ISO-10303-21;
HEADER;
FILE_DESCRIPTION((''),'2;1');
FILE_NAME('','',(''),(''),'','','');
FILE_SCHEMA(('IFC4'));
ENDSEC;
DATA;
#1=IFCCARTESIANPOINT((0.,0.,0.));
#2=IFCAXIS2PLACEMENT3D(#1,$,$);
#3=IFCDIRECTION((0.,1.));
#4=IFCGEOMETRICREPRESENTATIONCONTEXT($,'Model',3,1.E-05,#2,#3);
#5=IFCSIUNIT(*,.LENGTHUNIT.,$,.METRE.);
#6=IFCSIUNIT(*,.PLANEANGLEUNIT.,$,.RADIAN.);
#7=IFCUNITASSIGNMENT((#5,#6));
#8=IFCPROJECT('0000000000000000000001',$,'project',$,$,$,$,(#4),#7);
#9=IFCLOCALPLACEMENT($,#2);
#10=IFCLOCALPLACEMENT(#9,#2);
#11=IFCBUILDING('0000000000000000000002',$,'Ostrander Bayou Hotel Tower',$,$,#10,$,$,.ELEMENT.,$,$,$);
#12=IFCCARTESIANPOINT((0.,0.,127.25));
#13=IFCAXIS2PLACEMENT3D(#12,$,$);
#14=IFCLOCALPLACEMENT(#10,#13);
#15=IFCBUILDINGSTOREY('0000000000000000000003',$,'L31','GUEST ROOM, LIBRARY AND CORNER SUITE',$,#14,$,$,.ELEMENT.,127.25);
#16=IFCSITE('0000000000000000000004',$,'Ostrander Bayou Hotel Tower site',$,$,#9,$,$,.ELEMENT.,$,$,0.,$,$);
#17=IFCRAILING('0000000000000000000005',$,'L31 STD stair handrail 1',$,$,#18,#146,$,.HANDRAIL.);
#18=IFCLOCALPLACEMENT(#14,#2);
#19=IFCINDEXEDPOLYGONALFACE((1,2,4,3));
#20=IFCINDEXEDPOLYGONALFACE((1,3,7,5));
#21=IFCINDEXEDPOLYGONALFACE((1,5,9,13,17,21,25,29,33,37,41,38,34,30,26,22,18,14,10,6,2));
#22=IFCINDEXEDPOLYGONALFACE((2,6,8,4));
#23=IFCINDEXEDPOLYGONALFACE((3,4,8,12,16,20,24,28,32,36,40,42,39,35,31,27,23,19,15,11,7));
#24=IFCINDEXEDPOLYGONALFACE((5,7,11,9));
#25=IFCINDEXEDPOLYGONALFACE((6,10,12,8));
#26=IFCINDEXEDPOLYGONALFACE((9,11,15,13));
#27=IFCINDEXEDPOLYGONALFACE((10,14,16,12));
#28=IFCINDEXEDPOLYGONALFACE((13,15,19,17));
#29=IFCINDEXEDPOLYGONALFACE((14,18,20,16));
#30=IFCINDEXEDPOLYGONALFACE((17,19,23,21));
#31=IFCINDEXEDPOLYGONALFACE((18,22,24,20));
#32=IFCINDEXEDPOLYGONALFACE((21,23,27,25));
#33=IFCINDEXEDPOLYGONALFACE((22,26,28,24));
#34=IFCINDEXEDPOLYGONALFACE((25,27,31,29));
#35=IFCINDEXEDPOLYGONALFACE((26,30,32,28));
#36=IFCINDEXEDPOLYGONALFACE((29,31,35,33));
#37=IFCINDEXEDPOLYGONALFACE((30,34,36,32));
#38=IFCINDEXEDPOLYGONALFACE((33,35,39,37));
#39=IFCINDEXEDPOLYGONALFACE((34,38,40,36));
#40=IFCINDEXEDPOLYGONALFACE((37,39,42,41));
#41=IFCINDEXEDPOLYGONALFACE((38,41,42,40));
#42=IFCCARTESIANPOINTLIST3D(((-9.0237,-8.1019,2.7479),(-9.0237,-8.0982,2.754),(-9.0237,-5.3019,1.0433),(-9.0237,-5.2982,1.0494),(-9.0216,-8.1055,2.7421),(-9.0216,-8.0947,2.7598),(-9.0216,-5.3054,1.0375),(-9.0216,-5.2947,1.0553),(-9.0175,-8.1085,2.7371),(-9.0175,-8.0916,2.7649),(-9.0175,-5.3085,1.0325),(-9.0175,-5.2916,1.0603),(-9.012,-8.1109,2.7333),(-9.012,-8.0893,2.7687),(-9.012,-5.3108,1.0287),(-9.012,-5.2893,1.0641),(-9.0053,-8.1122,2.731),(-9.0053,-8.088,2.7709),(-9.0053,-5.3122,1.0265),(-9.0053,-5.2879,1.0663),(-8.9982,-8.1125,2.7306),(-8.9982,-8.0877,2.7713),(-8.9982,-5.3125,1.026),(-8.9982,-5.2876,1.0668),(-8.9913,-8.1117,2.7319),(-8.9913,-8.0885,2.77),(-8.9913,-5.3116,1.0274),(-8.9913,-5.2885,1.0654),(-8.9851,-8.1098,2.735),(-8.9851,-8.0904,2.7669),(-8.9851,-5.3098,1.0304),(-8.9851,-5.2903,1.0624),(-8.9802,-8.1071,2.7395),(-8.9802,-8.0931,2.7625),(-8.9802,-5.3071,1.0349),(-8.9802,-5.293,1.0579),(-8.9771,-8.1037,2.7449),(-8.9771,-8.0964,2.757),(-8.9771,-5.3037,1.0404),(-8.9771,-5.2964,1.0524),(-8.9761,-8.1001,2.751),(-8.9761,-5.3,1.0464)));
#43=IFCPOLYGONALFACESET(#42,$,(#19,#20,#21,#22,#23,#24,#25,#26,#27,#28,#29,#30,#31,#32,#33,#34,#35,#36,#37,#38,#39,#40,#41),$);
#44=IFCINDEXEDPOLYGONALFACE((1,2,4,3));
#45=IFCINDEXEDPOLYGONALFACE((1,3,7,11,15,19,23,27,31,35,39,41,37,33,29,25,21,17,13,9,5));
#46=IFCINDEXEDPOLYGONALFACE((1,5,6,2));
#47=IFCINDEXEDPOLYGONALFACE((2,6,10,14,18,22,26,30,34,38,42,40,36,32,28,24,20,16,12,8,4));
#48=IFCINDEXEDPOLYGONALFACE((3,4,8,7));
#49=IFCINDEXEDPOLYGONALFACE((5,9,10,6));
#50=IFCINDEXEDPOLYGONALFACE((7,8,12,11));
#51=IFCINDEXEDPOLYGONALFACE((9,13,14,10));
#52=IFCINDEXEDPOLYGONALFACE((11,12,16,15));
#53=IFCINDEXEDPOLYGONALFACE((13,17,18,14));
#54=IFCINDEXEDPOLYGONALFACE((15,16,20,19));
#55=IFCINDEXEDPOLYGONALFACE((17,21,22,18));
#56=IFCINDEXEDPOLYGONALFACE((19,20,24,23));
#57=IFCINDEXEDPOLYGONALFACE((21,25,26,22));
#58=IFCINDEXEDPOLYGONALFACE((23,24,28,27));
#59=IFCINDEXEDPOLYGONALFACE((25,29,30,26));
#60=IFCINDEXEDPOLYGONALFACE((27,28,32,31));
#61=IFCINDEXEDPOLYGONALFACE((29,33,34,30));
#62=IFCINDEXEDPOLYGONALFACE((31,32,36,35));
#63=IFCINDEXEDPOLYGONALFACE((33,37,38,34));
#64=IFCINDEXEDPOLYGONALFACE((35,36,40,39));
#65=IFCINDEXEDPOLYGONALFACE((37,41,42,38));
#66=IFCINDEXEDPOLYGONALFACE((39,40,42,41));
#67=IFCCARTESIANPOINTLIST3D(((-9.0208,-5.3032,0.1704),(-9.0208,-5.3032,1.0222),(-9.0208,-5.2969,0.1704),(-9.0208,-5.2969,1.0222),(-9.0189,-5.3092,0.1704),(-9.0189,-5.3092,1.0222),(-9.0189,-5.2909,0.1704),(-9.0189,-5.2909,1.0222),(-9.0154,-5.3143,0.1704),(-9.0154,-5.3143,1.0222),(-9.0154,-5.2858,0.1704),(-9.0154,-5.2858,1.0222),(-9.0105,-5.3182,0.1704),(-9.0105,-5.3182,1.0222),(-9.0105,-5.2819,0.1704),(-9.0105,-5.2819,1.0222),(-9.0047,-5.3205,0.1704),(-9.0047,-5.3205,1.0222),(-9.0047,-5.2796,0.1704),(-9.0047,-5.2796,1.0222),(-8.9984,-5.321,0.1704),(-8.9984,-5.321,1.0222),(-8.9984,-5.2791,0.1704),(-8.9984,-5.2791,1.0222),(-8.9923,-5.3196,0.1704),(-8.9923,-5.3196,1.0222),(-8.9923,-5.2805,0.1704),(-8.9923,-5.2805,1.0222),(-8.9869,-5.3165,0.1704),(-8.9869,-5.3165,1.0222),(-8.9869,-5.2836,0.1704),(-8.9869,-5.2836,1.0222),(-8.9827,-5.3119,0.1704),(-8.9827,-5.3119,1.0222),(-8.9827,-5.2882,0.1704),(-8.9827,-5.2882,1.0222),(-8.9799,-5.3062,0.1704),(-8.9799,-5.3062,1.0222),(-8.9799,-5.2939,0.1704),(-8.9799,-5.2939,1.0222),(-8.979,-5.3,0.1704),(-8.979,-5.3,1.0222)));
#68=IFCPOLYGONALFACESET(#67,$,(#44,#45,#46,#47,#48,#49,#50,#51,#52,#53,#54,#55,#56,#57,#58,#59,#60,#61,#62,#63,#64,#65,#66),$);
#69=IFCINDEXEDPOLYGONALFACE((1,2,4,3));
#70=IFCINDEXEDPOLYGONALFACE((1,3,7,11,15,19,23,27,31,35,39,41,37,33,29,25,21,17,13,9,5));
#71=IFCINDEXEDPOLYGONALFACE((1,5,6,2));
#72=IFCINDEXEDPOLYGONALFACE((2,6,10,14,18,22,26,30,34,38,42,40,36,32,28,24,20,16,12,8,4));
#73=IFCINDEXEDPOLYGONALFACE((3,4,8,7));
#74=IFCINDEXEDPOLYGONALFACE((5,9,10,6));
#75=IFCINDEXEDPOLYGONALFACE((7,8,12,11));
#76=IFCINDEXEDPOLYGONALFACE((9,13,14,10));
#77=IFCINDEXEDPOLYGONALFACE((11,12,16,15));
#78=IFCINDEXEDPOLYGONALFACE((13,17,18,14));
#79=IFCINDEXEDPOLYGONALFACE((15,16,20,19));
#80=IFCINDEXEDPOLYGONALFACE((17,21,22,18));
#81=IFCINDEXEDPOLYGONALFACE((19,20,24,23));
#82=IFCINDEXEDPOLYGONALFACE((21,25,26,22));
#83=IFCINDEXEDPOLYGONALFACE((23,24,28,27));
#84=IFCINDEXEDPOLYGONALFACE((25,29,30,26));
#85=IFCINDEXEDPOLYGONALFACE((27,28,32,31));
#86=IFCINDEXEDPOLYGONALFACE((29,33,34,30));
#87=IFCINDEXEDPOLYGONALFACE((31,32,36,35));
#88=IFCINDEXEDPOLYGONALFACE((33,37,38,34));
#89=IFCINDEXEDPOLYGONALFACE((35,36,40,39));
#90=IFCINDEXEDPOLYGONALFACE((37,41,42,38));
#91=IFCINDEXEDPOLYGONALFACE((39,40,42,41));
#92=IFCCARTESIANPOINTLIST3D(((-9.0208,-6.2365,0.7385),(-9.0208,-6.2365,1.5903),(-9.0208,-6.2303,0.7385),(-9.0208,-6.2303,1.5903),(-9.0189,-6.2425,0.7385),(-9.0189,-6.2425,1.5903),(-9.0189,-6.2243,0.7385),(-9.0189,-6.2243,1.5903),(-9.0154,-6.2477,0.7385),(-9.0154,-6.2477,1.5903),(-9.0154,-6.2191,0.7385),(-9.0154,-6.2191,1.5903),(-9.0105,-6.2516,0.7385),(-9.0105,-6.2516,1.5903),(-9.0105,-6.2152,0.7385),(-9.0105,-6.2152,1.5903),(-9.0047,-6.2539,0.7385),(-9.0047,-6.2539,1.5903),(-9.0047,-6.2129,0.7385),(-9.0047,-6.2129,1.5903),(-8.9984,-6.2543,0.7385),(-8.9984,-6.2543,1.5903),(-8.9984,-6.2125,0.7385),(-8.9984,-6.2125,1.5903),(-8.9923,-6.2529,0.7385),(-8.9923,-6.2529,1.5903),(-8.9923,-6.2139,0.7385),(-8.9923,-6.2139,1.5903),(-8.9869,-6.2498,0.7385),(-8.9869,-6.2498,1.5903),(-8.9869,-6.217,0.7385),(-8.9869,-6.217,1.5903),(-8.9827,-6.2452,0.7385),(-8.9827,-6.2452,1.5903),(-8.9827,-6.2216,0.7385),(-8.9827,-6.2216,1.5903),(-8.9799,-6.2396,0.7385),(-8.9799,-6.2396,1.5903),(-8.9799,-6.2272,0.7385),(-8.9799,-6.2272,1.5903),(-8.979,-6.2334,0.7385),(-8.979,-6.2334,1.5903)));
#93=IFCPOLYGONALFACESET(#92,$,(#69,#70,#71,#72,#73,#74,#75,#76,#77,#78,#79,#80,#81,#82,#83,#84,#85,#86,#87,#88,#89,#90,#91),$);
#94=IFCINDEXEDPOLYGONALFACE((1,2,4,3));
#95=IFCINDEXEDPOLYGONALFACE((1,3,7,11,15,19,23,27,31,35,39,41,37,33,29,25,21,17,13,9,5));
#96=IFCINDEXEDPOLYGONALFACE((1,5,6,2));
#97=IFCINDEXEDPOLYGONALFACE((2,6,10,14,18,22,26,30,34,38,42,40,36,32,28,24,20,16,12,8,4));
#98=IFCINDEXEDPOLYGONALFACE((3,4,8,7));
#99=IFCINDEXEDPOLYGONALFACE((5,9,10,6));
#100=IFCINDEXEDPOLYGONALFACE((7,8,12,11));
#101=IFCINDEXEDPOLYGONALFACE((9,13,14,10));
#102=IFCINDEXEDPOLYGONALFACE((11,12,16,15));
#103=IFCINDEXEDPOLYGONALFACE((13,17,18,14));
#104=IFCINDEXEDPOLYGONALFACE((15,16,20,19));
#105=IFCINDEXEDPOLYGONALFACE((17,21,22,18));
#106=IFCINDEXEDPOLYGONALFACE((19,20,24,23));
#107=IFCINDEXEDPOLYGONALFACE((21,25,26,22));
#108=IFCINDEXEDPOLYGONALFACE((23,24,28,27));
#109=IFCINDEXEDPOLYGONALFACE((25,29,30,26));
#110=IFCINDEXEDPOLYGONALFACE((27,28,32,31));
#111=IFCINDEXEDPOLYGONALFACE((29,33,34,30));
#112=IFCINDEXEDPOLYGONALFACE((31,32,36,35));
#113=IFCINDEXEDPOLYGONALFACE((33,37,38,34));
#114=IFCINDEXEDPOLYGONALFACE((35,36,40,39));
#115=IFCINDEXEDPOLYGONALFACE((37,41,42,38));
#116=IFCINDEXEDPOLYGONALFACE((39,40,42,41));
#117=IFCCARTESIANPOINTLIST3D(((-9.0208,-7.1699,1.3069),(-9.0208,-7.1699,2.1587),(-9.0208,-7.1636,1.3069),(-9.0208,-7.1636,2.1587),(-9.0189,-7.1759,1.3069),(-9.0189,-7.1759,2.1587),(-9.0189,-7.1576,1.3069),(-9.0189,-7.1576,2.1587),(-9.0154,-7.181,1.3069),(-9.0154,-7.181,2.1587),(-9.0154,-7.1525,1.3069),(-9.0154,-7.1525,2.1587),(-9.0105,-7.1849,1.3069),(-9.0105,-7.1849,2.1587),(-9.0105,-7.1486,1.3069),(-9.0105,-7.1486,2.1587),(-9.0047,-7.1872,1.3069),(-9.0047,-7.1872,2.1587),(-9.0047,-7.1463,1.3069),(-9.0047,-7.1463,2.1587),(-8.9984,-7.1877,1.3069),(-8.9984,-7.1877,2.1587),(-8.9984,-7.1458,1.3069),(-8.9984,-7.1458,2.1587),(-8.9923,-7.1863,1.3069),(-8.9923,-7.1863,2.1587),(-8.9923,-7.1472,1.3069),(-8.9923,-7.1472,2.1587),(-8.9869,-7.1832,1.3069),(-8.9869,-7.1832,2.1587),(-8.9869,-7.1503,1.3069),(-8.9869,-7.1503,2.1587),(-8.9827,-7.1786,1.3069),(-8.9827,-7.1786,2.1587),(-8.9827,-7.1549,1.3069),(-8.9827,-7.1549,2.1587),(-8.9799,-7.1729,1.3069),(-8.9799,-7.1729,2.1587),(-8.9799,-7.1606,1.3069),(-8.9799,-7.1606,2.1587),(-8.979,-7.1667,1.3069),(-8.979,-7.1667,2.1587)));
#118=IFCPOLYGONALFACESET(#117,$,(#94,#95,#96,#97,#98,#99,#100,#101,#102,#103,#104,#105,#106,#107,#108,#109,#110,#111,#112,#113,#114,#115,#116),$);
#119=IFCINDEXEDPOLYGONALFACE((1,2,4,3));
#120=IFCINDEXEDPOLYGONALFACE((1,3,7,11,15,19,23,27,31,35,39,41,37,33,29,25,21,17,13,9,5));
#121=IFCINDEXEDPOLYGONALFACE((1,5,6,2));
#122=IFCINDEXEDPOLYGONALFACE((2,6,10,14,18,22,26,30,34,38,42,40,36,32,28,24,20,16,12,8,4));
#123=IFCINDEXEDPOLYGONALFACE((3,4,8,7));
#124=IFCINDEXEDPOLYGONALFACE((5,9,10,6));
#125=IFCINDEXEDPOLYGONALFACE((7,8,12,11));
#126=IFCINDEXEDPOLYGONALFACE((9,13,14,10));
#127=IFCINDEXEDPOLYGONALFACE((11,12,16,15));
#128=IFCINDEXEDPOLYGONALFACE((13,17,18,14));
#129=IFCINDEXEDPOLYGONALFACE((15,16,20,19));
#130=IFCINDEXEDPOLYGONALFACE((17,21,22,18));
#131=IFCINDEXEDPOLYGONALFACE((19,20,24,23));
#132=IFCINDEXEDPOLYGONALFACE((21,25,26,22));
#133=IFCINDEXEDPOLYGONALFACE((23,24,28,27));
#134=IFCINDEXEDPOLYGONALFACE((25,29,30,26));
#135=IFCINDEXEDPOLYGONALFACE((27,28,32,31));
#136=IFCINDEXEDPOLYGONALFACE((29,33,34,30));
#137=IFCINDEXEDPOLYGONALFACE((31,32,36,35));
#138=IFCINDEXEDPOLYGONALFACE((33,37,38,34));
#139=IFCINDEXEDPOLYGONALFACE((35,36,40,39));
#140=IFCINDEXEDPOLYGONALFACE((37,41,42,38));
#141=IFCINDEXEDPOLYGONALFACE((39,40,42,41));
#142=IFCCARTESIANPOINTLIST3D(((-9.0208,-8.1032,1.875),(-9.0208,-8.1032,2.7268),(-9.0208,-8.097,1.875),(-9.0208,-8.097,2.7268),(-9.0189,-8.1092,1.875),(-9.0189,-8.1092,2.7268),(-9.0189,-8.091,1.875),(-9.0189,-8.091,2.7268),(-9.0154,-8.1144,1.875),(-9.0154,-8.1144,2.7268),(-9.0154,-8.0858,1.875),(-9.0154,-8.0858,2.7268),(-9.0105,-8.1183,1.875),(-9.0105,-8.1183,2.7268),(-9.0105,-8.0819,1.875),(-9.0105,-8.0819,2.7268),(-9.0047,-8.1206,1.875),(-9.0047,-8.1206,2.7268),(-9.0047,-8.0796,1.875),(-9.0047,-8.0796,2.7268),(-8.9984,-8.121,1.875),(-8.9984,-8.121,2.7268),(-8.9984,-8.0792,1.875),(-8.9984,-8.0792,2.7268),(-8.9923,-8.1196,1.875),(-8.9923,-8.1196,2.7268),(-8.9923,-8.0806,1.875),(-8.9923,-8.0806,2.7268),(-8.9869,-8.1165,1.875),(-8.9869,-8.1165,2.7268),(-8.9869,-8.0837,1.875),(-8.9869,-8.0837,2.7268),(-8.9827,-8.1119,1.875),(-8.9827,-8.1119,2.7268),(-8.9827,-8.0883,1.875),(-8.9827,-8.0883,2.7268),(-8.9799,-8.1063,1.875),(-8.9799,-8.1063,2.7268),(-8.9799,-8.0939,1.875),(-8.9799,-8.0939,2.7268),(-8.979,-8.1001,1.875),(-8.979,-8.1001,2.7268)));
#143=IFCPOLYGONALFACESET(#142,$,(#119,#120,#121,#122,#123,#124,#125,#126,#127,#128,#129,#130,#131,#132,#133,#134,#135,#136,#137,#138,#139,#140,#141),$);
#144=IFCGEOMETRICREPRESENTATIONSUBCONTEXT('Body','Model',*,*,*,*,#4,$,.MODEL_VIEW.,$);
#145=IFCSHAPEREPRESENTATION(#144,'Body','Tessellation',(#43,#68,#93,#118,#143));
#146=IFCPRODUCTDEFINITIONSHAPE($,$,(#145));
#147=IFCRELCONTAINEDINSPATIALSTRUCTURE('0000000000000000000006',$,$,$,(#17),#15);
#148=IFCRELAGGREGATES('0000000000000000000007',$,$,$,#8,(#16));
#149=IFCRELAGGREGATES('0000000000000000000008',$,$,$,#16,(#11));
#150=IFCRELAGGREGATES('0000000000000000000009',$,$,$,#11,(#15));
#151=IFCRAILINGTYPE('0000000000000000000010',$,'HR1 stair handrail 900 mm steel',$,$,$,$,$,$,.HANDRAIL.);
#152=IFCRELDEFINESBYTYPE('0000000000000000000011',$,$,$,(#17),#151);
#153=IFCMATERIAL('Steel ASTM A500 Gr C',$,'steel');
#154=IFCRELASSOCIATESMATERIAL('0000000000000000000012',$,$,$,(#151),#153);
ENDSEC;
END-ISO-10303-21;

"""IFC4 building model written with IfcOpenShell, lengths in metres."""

from ifc_helpers import new_model, si_unit, direction, frame, origin, origin_2d, place, context, subcontext, project, spatial, circle, extrude, material, type_object, element, save


model = new_model("IFC4")

# Units and contexts
model_context = context("Model", 3, precision=1e-05, world=origin(), true_north=direction((0.0, 1.0)))
body_context = subcontext(model_context, "Body", "Model", "MODEL_VIEW")
ifc_project = project(units=[si_unit("LENGTHUNIT", "METRE"), si_unit("PLANEANGLEUNIT", "RADIAN")], contexts=[model_context])

# Site, building, storey
site_placement = place(None, origin())
site = spatial("IfcSite", under=ifc_project, at=site_placement, Name="Ostrander Bayou Hotel Tower site", CompositionType="ELEMENT", RefElevation=0.0)
building_placement = place(site_placement, origin())
building = spatial("IfcBuilding", under=site, at=building_placement, Name="Ostrander Bayou Hotel Tower", CompositionType="ELEMENT")
storey_placement = place(building_placement, frame((0.0, 0.0, 127.25)))
storey = spatial("IfcBuildingStorey", under=building, at=storey_placement, Name="L31", Description="GUEST ROOM, LIBRARY AND CORNER SUITE", CompositionType="ELEMENT", Elevation=127.25)

# Railing
ifc_material_1 = material(Name="Steel ASTM A500 Gr C", Category="steel")
railing_type_1 = type_object("IfcRailingType", Name="HR1 stair handrail 900 mm steel", PredefinedType="HANDRAIL", material=ifc_material_1)
railing_1_placement = place(storey_placement, frame((-9.0, -5.3, 0.1704)))
element("IfcRailing", 1, at=railing_1_placement, inside=storey, type_object=railing_type_1, Name="L31 STD stair handrail 1", PredefinedType="HANDRAIL", context=body_context, shape_type="SweptSolid", body=[
    extrude(circle(Radius=0.0239, at=origin_2d()), frame((0.0, 0.0, 0.876), z_axis=(0.0, -0.85417, 0.519994), x_axis=(1.0, 0.0, 0.0)), (0.0, 0.0, 1.0), 3.2781),
    extrude(circle(Radius=0.021, at=origin_2d()), origin(), (0.0, 0.0, 1.0), 0.8518),
    extrude(circle(Radius=0.021, at=origin_2d()), frame((0.0, -0.9333, 0.5681)), (0.0, 0.0, 1.0), 0.8518),
    extrude(circle(Radius=0.021, at=origin_2d()), frame((0.0, -1.8667, 1.1365)), (0.0, 0.0, 1.0), 0.8518),
    extrude(circle(Radius=0.021, at=origin_2d()), frame((0.0, -2.8, 1.7046)), (0.0, 0.0, 1.0), 0.8518),
])

save(model, "model.ifc")
